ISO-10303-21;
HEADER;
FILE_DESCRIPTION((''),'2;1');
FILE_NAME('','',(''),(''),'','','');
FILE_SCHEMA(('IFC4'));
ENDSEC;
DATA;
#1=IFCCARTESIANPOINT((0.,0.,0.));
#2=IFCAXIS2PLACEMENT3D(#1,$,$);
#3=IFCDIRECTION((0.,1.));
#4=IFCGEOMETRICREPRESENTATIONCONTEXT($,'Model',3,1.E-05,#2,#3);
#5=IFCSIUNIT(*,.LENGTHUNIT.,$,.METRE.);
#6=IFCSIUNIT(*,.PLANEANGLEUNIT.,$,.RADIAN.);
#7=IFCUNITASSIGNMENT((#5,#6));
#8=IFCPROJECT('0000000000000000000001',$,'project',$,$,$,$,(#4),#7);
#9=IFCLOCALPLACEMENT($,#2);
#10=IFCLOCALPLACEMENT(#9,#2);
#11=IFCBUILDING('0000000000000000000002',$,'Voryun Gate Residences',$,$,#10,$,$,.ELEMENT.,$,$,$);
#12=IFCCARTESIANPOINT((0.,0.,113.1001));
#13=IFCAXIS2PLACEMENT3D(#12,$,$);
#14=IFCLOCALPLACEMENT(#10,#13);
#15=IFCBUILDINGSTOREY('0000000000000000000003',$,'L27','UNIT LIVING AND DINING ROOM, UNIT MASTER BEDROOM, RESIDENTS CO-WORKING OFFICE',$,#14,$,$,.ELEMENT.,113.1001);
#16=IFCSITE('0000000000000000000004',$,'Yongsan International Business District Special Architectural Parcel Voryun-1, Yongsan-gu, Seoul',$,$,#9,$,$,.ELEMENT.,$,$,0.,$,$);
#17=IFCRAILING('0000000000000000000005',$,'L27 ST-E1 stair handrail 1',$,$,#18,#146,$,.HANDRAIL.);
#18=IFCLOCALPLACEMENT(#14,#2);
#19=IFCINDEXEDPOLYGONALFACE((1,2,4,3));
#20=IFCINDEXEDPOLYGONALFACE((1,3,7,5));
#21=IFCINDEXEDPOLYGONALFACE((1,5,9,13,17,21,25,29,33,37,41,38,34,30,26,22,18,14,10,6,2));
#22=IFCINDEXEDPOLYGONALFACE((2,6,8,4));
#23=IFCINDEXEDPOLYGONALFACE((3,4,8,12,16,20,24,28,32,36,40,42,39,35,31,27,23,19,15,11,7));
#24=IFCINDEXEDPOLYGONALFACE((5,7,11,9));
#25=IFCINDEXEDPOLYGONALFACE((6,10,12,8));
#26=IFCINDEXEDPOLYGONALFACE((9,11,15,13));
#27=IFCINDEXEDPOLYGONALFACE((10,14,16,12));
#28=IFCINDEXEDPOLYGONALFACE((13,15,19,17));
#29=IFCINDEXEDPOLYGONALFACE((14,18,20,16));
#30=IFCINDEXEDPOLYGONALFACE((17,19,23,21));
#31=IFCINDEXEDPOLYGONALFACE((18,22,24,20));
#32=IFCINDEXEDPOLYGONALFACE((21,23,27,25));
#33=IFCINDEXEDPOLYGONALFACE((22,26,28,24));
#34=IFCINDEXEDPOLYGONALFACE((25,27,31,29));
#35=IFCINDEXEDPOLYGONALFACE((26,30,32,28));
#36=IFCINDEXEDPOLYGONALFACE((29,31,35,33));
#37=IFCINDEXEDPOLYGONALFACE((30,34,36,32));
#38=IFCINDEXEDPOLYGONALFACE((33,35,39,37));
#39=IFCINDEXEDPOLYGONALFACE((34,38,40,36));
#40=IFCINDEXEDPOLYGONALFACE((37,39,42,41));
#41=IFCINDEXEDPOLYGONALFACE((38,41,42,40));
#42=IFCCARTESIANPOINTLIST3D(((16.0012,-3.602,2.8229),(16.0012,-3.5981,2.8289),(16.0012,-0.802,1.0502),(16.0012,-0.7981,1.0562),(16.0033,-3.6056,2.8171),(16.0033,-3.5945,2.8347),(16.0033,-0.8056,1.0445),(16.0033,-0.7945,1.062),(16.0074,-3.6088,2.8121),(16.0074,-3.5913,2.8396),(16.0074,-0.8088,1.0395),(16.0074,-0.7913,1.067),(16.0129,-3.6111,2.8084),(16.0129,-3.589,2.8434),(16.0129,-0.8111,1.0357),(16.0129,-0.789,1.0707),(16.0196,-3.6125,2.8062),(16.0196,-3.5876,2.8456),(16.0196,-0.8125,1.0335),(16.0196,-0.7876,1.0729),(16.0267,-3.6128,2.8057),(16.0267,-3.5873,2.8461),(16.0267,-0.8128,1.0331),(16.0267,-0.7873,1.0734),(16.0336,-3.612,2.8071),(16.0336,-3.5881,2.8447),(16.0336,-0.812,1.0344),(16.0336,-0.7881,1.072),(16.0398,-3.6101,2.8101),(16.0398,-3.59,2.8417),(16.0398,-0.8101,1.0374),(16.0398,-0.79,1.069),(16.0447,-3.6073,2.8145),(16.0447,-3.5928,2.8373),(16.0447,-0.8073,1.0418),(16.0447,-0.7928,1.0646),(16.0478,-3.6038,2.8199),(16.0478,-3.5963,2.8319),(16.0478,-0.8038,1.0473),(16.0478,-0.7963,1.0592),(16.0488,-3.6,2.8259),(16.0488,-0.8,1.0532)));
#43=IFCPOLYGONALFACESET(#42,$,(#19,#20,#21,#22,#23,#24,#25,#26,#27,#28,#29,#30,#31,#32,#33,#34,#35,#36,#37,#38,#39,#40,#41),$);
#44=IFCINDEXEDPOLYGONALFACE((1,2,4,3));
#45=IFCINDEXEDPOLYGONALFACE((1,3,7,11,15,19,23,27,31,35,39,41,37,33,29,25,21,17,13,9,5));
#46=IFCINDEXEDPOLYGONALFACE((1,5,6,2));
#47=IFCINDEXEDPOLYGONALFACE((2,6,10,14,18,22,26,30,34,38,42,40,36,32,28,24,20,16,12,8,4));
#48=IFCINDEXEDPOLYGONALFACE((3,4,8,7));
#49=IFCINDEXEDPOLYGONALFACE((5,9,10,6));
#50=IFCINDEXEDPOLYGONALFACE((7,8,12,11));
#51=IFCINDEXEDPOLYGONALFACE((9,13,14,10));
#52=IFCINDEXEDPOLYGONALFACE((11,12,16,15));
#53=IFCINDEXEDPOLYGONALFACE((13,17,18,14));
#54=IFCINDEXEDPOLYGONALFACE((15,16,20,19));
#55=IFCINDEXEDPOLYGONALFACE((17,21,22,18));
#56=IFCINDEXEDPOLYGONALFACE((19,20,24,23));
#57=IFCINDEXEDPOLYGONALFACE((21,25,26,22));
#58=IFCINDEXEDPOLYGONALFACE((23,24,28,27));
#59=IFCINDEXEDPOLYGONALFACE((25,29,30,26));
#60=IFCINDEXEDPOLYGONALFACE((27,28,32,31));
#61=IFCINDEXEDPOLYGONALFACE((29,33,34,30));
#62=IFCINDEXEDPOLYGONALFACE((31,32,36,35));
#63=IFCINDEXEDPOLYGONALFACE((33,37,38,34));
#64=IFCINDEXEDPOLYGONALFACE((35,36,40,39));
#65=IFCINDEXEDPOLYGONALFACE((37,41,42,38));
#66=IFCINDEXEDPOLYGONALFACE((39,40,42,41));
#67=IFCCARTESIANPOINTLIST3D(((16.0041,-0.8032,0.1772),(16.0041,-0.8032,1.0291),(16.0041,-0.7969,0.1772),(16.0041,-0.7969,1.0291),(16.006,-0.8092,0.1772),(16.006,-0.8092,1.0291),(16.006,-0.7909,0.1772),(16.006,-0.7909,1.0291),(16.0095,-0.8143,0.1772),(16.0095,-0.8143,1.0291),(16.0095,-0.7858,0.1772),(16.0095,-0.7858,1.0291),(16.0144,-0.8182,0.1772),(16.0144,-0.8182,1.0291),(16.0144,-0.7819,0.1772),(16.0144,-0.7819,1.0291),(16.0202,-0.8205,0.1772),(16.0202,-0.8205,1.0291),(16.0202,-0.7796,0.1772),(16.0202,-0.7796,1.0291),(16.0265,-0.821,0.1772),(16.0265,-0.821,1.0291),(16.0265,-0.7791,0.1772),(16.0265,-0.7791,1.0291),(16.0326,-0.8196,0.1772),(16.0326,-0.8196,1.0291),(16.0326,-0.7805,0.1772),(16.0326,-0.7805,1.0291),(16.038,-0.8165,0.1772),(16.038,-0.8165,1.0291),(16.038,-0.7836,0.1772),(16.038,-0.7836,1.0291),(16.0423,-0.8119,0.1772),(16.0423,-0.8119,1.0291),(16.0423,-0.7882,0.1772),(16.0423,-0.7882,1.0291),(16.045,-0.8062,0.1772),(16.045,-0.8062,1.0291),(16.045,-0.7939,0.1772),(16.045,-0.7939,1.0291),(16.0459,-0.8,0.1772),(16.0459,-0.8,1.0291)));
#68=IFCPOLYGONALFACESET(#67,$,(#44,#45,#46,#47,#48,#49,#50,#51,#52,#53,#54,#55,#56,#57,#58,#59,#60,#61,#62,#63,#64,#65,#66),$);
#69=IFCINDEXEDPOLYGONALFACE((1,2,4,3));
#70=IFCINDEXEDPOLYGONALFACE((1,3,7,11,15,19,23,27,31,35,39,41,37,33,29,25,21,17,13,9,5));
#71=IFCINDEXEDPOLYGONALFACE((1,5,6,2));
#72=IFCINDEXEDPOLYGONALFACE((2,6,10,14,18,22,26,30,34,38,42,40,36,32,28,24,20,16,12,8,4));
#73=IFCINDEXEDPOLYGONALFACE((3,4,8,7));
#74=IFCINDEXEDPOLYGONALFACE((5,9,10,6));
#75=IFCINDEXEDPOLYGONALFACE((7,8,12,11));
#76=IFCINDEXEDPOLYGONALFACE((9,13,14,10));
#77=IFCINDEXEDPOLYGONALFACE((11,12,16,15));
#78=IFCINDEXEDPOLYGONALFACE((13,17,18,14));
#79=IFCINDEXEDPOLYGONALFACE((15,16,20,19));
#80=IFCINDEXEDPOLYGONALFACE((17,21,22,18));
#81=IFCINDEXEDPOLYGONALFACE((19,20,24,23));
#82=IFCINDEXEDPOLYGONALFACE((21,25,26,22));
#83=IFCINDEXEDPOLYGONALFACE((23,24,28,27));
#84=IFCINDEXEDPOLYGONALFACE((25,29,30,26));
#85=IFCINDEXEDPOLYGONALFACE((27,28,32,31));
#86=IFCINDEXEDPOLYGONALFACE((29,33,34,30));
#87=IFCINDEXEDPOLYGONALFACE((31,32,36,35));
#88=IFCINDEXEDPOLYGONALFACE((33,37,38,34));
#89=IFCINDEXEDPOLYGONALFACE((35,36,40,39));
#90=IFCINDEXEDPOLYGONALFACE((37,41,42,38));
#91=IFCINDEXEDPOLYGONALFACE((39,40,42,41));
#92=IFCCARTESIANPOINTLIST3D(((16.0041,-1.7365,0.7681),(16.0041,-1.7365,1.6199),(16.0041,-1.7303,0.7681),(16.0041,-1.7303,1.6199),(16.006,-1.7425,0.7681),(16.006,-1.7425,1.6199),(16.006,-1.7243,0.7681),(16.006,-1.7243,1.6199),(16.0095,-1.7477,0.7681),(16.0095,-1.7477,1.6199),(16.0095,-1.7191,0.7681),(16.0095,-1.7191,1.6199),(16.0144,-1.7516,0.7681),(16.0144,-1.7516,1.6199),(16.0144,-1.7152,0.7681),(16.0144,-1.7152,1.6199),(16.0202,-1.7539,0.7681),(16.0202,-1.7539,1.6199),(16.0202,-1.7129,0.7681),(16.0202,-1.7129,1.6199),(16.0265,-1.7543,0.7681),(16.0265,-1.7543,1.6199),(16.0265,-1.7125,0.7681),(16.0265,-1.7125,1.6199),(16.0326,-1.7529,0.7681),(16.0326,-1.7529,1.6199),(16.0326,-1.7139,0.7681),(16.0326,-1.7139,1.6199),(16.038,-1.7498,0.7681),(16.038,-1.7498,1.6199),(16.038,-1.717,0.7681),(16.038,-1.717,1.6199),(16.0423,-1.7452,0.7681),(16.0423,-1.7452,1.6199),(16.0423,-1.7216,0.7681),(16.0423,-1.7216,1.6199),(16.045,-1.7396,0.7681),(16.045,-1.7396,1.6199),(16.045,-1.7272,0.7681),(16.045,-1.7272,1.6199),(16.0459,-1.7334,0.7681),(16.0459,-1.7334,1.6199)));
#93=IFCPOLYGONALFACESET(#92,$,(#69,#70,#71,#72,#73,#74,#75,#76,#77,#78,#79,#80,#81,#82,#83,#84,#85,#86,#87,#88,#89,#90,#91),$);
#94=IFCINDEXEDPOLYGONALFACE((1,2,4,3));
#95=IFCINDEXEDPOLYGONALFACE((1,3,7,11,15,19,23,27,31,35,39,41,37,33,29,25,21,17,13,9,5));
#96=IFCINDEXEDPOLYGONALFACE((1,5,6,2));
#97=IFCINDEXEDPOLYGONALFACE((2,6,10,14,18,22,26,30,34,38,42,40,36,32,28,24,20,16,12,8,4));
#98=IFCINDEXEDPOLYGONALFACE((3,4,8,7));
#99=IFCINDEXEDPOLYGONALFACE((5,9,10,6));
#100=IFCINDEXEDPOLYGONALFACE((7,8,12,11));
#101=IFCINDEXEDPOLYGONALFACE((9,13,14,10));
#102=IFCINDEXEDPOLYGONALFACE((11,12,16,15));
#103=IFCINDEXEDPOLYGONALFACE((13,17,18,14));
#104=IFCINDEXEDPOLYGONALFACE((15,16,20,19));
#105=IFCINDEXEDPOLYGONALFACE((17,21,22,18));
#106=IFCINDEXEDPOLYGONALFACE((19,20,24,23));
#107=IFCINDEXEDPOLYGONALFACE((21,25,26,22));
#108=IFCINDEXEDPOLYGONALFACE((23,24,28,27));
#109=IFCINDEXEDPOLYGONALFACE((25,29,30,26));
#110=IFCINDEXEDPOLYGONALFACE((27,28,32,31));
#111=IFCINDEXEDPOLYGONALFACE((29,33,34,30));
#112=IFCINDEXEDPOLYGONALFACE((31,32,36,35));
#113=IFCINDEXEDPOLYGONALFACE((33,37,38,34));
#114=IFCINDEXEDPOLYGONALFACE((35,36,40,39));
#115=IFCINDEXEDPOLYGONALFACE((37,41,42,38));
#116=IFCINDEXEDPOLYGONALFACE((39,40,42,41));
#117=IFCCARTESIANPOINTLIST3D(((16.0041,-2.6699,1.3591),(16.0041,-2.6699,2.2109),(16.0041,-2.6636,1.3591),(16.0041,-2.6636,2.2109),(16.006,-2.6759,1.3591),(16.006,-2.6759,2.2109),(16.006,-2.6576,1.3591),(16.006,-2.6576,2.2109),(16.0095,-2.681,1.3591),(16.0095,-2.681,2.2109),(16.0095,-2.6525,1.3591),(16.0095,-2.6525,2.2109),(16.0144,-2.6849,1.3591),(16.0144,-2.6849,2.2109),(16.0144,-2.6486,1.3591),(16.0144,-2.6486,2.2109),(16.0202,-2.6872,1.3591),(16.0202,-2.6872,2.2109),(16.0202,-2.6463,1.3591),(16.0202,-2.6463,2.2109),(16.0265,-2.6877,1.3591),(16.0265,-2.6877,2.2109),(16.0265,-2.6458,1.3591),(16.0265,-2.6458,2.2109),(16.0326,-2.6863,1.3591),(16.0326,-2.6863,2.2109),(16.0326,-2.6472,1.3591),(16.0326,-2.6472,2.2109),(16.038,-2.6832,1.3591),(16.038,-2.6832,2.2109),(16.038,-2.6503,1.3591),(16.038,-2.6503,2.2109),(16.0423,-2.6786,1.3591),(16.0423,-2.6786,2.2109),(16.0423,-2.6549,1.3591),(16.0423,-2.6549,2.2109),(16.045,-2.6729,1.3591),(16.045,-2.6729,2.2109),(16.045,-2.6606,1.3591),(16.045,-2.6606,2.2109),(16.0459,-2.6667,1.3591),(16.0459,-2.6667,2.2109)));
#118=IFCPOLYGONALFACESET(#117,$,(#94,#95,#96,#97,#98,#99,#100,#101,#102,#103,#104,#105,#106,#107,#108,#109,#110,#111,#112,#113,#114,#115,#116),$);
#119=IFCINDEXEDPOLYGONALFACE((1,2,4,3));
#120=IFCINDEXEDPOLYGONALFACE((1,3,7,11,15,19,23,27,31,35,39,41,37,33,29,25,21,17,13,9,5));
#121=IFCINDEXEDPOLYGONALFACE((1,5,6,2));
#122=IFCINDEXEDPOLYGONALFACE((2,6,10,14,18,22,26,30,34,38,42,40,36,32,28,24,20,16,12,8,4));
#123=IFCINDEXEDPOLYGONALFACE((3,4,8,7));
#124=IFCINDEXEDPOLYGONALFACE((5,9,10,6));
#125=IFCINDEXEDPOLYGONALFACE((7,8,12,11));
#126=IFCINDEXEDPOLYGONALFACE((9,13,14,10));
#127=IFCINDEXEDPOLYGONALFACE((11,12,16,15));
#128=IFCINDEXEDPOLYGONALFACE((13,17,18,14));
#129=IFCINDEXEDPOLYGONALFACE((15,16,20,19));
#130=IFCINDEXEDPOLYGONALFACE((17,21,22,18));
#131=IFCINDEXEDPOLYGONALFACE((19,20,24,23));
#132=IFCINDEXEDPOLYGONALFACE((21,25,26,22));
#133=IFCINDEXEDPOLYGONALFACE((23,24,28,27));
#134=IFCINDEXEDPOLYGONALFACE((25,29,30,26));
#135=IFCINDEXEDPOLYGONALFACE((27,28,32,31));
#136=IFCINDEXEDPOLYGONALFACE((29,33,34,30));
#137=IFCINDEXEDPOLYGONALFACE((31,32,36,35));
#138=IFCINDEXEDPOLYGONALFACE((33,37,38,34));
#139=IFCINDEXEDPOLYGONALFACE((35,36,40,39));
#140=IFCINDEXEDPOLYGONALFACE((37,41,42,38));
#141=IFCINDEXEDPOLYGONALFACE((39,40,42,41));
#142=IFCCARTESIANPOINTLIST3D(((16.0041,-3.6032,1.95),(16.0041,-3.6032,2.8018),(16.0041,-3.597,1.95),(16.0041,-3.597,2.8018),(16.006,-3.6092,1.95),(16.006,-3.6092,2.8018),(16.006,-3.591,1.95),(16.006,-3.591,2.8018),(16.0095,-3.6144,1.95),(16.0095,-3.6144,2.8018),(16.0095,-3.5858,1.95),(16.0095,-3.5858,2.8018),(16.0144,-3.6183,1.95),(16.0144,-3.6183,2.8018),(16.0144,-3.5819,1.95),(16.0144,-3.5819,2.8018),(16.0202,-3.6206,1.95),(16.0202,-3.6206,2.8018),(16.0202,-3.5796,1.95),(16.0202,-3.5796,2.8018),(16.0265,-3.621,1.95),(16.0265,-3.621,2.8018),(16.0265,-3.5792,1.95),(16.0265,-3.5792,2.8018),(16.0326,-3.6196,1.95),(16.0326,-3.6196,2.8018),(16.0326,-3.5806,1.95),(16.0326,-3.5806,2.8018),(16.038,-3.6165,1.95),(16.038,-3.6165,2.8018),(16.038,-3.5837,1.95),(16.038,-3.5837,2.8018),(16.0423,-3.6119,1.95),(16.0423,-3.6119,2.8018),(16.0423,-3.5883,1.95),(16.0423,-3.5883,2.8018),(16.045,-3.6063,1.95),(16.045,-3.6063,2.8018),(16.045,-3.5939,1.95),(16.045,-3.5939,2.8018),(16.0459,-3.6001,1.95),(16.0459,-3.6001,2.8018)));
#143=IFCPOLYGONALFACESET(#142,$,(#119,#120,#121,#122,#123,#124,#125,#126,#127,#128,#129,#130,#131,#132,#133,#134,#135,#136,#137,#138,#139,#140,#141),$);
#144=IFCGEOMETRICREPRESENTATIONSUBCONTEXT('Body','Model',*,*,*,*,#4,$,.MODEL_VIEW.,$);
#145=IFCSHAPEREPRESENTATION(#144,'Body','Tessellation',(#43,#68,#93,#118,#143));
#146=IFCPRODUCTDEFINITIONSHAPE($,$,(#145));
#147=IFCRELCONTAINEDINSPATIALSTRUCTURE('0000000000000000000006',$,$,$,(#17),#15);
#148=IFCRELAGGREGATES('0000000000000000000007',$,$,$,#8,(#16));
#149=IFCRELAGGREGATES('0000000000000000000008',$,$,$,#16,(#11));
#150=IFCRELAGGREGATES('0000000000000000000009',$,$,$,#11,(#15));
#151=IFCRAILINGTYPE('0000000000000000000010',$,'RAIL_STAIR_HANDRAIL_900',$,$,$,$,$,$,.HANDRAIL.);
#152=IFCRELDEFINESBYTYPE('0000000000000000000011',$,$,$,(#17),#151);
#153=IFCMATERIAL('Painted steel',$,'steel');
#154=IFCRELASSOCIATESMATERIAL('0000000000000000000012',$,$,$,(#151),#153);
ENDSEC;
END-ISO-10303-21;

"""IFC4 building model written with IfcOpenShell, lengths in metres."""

from ifc_helpers import new_model, si_unit, direction, frame, origin, origin_2d, place, context, subcontext, project, spatial, circle, extrude, material, type_object, element, save


model = new_model("IFC4")

# Units and contexts
model_context = context("Model", 3, precision=1e-05, world=origin(), true_north=direction((0.0, 1.0)))
body_context = subcontext(model_context, "Body", "Model", "MODEL_VIEW")
ifc_project = project(units=[si_unit("LENGTHUNIT", "METRE"), si_unit("PLANEANGLEUNIT", "RADIAN")], contexts=[model_context])

# Site, building, storey
site_placement = place(None, origin())
site = spatial("IfcSite", under=ifc_project, at=site_placement, Name="Yongsan International Business District Special Architectural Parcel Voryun-1, Yongsan-gu, Seoul", CompositionType="ELEMENT", RefElevation=0.0)
building_placement = place(site_placement, origin())
building = spatial("IfcBuilding", under=site, at=building_placement, Name="Voryun Gate Residences", CompositionType="ELEMENT")
storey_placement = place(building_placement, frame((0.0, 0.0, 113.1001)))
storey = spatial("IfcBuildingStorey", under=building, at=storey_placement, Name="L27", Description="UNIT LIVING AND DINING ROOM, UNIT MASTER BEDROOM, RESIDENTS CO-WORKING OFFICE", CompositionType="ELEMENT", Elevation=113.1001)

# Railing
ifc_material_1 = material(Name="Painted steel", Category="steel")
railing_type_1 = type_object("IfcRailingType", Name="RAIL_STAIR_HANDRAIL_900", PredefinedType="HANDRAIL", material=ifc_material_1)
railing_1_placement = place(storey_placement, frame((16.0249, -0.8, 0.1772)))
element("IfcRailing", 1, at=railing_1_placement, inside=storey, type_object=railing_type_1, Name="L27 ST-E1 stair handrail 1", PredefinedType="HANDRAIL", context=body_context, shape_type="SweptSolid", body=[
    extrude(circle(Radius=0.0239, at=origin_2d()), frame((0.0, 0.0, 0.876), z_axis=(0.0, -0.844909, 0.53491), x_axis=(1.0, 0.0, 0.0)), (0.0, 0.0, 1.0), 3.314),
    extrude(circle(Radius=0.021, at=origin_2d()), origin(), (0.0, 0.0, 1.0), 0.8518),
    extrude(circle(Radius=0.021, at=origin_2d()), frame((0.0, -0.9333, 0.5908)), (0.0, 0.0, 1.0), 0.8518),
    extrude(circle(Radius=0.021, at=origin_2d()), frame((0.0, -1.8667, 1.1819)), (0.0, 0.0, 1.0), 0.8518),
    extrude(circle(Radius=0.021, at=origin_2d()), frame((0.0, -2.8, 1.7727)), (0.0, 0.0, 1.0), 0.8518),
])

save(model, "model.ifc")
